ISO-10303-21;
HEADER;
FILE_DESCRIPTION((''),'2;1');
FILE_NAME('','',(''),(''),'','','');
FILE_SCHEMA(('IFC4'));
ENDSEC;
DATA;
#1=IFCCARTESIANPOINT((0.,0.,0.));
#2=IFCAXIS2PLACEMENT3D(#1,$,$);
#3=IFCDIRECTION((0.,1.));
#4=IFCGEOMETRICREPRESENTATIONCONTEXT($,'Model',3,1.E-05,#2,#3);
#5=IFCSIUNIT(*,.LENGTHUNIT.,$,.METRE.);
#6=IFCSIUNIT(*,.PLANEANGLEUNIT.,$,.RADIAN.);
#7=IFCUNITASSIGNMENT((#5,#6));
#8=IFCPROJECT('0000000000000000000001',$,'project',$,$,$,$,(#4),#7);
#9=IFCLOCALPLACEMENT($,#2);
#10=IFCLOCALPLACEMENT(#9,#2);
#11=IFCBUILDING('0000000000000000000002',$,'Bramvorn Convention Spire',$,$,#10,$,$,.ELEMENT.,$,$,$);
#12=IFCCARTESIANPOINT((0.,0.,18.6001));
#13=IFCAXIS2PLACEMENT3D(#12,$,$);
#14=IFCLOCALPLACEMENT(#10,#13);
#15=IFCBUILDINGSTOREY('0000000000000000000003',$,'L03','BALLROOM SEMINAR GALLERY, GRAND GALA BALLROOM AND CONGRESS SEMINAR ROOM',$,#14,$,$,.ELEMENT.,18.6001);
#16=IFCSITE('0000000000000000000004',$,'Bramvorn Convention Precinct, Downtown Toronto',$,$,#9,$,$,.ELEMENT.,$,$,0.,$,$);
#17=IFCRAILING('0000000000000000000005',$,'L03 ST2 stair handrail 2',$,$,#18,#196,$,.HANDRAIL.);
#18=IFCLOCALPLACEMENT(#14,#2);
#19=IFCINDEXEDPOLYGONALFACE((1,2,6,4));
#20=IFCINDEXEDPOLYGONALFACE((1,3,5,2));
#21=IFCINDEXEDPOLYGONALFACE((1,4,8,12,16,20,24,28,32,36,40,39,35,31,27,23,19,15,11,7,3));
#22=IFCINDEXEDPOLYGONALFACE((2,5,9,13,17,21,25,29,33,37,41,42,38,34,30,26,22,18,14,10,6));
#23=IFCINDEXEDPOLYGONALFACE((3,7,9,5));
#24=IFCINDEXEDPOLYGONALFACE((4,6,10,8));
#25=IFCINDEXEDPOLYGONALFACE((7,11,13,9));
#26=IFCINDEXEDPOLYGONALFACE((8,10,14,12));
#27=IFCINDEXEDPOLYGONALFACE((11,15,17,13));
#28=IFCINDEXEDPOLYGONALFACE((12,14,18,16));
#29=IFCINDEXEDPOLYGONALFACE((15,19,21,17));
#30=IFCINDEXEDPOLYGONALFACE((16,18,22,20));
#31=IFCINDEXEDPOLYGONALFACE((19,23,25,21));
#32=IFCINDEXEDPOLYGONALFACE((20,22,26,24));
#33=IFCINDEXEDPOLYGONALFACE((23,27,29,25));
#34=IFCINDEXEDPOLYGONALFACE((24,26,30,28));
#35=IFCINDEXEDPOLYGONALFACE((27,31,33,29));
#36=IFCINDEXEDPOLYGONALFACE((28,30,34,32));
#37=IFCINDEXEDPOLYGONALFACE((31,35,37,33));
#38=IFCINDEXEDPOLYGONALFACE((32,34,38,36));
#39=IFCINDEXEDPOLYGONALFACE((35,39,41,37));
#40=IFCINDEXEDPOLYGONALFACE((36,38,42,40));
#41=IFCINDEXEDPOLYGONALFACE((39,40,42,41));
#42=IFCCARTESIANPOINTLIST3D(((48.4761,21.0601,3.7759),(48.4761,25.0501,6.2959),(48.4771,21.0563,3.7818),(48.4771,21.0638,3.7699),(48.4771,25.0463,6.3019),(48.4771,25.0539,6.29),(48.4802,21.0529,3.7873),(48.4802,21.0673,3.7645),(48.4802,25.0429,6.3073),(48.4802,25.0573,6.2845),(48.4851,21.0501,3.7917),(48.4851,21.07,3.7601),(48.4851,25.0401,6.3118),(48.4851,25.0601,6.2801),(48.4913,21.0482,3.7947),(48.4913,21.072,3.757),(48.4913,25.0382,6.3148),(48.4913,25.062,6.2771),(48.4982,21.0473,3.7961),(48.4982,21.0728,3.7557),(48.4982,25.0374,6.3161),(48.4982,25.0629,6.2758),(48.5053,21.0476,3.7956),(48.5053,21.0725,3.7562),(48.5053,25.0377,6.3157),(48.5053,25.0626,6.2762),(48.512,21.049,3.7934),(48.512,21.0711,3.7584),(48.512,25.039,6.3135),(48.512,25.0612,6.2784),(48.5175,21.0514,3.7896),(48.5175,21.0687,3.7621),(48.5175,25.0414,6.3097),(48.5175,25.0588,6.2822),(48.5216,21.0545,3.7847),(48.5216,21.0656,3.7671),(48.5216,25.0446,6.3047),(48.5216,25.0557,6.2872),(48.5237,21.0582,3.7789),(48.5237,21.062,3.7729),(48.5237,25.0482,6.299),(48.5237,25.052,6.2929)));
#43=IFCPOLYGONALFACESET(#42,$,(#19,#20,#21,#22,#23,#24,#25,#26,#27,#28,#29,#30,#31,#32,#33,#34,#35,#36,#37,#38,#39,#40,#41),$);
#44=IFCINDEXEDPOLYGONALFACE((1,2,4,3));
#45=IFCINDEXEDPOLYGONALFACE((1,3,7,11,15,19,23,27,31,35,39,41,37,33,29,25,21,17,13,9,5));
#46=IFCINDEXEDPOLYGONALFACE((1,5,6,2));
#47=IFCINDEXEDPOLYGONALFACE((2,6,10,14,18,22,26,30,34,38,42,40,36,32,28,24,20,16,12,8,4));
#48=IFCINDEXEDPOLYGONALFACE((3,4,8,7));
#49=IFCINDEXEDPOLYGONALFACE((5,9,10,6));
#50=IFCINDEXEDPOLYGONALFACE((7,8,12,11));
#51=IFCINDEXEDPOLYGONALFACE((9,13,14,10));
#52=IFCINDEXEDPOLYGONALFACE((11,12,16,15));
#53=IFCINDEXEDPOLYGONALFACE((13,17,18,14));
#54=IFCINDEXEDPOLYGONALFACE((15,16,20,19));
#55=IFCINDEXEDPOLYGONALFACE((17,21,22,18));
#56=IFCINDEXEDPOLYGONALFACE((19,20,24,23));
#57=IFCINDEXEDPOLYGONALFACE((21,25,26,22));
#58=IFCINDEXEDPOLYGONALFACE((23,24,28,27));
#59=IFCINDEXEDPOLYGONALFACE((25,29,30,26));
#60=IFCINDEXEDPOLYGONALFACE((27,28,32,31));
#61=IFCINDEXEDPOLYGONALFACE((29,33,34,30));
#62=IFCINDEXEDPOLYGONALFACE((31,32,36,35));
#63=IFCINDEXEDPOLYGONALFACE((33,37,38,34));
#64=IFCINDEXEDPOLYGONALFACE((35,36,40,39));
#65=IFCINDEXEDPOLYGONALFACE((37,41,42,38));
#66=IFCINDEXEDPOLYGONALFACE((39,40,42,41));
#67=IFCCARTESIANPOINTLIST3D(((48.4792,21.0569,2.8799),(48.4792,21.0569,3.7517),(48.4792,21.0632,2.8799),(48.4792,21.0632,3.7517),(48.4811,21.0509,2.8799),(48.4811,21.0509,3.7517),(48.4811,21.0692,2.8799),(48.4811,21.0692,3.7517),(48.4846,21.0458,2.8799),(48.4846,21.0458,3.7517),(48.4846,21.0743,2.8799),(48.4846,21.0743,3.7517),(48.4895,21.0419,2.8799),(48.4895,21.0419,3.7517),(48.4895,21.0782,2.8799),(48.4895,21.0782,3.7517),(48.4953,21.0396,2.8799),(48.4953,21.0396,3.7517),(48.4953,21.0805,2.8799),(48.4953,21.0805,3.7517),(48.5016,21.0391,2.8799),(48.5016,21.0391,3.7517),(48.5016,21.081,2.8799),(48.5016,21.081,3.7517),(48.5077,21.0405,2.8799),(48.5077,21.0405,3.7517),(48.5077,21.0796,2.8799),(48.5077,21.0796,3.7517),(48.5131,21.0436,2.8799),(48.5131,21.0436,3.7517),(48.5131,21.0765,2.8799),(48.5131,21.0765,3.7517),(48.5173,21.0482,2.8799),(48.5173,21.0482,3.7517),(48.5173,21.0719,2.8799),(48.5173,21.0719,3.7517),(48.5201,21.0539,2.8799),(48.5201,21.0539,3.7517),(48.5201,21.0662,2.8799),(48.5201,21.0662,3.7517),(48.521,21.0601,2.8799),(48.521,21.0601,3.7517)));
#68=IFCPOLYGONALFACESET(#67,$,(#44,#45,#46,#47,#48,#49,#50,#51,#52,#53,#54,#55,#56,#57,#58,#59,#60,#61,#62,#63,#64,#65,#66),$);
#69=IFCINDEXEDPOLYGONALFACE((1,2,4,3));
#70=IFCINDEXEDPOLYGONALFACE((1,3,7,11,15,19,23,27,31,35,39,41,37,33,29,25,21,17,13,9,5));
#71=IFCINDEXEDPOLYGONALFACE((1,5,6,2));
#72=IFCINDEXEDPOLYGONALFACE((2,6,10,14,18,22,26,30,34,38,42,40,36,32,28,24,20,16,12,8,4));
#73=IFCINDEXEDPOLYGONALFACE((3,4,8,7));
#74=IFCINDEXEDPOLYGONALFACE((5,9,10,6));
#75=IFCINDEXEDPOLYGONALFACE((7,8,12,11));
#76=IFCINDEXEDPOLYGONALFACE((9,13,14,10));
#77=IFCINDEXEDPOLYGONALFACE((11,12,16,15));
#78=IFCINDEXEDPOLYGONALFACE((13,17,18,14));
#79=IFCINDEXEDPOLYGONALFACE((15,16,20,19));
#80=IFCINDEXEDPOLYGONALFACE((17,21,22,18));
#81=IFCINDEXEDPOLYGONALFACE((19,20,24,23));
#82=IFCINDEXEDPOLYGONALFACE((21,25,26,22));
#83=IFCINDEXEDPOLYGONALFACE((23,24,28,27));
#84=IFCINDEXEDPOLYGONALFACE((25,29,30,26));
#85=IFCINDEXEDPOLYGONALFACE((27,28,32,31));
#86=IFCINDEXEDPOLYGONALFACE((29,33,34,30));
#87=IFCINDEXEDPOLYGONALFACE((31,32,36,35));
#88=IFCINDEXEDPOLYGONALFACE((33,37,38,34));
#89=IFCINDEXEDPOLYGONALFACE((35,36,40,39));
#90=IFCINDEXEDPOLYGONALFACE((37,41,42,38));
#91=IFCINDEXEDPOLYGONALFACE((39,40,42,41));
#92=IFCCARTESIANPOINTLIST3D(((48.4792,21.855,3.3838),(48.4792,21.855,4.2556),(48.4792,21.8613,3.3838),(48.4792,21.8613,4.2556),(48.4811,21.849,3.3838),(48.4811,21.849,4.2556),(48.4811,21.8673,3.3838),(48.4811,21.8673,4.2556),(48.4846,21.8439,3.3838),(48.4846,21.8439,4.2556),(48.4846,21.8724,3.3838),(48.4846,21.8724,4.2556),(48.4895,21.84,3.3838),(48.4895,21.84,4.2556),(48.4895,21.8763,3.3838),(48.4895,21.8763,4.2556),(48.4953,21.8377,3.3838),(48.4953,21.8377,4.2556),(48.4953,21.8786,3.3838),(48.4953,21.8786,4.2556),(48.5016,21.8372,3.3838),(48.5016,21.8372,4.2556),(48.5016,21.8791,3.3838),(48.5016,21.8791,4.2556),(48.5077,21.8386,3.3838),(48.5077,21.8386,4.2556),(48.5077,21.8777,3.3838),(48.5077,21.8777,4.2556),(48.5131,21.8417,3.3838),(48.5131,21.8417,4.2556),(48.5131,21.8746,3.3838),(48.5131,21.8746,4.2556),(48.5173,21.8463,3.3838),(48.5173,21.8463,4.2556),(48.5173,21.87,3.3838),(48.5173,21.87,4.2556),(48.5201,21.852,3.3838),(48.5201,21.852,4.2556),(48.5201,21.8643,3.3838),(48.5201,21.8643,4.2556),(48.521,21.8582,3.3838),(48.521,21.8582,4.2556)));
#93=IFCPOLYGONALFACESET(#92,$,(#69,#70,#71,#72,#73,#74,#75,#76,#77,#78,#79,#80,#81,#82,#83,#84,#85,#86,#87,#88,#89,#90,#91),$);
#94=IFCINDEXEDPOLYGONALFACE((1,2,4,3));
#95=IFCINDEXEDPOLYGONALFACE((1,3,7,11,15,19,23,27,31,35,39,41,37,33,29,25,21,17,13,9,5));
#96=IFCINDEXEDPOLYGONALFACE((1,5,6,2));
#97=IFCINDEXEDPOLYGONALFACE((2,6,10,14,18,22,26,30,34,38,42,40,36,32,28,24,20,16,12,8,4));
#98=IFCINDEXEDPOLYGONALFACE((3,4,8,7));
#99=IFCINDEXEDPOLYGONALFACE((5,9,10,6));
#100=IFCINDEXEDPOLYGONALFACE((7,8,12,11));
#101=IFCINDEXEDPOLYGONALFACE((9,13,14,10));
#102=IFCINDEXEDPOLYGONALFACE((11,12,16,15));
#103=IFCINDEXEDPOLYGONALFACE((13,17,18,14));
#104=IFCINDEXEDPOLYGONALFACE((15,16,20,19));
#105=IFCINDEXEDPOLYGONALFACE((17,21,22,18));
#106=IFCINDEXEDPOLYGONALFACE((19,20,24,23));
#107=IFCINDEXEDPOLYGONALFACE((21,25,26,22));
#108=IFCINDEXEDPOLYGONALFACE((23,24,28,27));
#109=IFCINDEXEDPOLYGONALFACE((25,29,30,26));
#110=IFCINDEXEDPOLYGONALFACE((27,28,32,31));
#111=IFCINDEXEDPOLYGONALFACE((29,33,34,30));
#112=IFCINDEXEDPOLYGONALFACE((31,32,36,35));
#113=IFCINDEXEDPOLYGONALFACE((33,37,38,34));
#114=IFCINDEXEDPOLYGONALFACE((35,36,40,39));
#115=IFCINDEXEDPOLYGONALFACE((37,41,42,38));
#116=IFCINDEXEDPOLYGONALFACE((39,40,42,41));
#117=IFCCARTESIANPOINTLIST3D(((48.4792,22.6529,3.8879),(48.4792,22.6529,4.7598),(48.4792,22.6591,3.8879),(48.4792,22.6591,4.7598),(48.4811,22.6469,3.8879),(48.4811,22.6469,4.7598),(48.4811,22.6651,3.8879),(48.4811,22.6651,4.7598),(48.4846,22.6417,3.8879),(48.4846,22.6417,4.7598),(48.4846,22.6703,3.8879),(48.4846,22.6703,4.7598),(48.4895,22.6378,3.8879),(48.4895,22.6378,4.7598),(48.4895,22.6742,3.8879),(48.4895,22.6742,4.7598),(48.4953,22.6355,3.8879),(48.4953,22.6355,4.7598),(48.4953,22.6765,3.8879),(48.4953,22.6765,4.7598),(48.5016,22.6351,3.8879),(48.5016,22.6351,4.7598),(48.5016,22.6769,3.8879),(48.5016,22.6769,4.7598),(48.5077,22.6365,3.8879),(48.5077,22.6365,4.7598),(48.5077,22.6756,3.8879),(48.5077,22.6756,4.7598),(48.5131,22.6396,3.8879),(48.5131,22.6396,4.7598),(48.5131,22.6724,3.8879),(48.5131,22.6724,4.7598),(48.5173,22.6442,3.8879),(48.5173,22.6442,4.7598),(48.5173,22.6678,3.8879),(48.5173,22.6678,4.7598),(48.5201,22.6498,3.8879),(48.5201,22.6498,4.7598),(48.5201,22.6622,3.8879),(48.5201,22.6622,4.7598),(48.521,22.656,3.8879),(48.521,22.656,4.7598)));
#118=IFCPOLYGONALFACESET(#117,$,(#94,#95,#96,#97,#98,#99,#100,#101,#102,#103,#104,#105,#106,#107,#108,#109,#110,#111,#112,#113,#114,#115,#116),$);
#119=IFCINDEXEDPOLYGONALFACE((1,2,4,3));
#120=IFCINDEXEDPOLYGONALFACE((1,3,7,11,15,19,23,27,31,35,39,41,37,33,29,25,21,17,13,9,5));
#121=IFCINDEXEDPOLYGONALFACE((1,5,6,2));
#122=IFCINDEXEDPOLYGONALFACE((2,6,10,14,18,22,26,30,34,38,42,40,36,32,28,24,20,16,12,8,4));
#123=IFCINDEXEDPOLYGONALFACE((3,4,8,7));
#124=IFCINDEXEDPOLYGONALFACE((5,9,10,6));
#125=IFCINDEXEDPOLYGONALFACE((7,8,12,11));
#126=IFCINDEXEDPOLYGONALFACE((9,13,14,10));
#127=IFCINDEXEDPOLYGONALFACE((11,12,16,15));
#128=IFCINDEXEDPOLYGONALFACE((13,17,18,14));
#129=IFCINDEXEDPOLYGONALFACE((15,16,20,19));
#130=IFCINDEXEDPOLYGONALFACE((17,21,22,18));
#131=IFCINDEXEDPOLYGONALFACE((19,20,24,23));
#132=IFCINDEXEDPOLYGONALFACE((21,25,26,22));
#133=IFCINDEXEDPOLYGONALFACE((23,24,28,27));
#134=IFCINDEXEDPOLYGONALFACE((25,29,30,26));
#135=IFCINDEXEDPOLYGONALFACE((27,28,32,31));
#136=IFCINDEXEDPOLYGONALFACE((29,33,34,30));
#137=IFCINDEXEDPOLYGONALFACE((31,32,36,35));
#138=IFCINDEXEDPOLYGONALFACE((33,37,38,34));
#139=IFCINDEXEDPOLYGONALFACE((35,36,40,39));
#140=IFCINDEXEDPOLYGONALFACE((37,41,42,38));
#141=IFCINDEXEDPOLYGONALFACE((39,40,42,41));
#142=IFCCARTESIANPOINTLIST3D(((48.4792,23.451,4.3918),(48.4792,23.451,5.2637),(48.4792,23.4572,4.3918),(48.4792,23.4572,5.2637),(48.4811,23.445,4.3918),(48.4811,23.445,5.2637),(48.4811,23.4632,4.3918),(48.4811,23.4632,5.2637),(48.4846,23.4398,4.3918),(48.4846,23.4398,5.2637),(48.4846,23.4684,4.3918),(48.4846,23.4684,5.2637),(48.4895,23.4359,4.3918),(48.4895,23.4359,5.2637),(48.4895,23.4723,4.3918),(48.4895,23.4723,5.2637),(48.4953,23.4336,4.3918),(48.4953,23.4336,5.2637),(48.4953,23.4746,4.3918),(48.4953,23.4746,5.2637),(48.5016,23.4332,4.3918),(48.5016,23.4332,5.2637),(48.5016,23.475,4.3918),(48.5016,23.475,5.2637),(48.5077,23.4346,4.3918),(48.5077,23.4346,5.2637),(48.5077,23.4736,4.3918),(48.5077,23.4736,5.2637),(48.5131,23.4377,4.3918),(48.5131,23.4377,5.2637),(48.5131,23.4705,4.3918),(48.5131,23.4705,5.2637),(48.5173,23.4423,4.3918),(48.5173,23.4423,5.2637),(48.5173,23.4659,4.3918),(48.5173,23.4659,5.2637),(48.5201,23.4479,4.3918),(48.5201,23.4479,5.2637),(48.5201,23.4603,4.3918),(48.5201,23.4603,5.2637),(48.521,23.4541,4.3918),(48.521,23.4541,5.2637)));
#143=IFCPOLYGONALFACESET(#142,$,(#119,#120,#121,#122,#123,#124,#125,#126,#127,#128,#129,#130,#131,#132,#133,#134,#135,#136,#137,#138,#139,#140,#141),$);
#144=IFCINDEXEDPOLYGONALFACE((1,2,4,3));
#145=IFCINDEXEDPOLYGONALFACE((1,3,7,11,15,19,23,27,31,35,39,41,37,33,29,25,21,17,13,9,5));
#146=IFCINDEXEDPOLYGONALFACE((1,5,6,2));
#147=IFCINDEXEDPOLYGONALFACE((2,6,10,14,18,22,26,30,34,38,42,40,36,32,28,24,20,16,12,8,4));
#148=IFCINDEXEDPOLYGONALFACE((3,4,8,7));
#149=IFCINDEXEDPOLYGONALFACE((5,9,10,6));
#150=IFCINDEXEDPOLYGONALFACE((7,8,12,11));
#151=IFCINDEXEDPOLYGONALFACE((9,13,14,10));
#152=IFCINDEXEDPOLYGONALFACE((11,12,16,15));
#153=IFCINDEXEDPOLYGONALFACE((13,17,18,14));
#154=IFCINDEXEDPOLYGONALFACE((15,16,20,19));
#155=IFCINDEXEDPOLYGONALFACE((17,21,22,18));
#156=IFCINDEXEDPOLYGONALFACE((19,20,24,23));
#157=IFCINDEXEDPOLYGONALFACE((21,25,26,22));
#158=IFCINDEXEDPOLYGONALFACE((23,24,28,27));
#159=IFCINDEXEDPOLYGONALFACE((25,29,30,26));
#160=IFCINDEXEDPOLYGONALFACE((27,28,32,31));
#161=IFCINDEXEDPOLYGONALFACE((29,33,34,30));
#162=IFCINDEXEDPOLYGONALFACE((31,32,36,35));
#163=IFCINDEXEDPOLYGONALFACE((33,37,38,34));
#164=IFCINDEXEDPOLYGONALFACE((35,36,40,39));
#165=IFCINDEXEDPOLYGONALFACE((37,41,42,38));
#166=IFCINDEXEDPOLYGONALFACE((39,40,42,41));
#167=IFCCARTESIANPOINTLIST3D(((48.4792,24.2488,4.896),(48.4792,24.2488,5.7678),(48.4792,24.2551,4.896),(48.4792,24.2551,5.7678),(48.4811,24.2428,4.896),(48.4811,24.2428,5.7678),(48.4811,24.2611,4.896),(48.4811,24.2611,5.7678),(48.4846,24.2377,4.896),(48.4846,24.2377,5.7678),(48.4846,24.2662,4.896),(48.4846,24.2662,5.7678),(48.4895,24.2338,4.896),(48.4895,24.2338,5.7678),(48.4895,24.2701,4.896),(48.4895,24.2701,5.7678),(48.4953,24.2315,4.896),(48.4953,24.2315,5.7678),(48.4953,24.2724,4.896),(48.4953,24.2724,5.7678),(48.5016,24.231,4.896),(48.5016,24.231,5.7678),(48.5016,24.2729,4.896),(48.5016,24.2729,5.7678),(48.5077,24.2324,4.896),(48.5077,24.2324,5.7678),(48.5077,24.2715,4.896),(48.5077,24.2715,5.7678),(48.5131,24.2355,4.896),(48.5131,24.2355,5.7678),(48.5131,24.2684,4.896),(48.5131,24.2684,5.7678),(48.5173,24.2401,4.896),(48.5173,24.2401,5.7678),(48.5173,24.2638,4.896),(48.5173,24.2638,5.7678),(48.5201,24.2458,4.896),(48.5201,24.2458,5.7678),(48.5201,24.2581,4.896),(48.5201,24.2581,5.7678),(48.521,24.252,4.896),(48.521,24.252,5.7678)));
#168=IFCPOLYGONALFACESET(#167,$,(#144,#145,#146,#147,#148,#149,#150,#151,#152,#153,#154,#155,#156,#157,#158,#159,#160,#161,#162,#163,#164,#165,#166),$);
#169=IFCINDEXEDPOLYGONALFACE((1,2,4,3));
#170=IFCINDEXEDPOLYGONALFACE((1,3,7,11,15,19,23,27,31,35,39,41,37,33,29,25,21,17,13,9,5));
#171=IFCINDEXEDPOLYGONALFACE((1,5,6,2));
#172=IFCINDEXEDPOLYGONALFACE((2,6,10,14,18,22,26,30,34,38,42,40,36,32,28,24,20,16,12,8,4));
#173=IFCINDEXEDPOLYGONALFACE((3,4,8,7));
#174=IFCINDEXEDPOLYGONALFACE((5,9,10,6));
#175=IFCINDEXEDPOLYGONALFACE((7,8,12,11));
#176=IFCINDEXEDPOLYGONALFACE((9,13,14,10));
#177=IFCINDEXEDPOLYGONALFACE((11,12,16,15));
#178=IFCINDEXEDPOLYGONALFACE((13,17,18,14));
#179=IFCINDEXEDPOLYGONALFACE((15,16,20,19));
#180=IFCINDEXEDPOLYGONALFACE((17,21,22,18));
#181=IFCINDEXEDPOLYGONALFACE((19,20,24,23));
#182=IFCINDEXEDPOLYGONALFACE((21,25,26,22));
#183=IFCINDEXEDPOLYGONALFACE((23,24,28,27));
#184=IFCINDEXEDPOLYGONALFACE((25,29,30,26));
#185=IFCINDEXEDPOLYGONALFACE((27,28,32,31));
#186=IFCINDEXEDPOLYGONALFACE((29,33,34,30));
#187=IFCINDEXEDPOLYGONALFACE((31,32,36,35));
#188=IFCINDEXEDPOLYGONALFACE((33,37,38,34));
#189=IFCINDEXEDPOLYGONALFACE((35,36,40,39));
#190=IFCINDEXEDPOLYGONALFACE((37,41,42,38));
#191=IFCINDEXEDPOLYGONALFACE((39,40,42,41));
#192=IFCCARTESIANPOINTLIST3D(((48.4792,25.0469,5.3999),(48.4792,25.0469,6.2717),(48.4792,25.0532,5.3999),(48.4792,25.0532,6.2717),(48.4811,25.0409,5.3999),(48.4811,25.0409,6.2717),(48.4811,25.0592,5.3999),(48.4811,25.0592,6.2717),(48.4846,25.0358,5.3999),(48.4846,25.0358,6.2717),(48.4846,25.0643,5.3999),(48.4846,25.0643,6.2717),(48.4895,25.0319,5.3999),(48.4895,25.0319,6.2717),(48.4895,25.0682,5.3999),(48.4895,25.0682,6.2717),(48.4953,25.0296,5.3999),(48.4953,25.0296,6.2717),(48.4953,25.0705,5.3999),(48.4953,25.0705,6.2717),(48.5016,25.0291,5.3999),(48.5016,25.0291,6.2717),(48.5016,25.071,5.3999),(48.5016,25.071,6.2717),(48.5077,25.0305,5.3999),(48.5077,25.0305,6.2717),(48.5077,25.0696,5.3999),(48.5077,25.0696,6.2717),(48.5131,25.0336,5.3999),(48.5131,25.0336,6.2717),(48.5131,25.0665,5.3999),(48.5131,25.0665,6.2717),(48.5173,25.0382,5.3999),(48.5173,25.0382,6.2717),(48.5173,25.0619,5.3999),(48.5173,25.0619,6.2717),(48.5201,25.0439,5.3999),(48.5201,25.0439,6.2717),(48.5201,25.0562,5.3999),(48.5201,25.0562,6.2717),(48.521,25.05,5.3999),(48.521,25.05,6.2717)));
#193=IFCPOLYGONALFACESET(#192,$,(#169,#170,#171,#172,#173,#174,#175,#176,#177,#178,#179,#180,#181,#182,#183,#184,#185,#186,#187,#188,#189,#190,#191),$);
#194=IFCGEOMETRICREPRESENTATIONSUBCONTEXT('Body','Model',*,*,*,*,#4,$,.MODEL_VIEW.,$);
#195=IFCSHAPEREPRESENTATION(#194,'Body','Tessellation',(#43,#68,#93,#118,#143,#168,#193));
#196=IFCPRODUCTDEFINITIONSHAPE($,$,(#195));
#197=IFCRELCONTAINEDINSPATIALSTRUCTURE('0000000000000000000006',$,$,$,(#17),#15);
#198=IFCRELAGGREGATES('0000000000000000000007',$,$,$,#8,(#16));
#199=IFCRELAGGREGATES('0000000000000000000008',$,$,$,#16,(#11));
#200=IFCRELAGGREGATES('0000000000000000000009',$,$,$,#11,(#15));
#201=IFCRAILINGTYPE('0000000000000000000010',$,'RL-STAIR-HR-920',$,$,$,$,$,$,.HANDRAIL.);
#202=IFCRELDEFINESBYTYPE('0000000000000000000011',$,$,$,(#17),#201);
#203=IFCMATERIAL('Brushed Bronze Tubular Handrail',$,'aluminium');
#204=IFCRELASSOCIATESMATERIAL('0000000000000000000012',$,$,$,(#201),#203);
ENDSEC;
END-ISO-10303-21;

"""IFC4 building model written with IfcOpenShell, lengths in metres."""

from ifc_helpers import new_model, si_unit, direction, frame, origin, origin_2d, place, context, subcontext, project, spatial, circle, extrude, material, type_object, element, save


model = new_model("IFC4")

# Units and contexts
model_context = context("Model", 3, precision=1e-05, world=origin(), true_north=direction((0.0, 1.0)))
body_context = subcontext(model_context, "Body", "Model", "MODEL_VIEW")
ifc_project = project(units=[si_unit("LENGTHUNIT", "METRE"), si_unit("PLANEANGLEUNIT", "RADIAN")], contexts=[model_context])

# Site, building, storey
site_placement = place(None, origin())
site = spatial("IfcSite", under=ifc_project, at=site_placement, Name="Bramvorn Convention Precinct, Downtown Toronto", CompositionType="ELEMENT", RefElevation=0.0)
building_placement = place(site_placement, origin())
building = spatial("IfcBuilding", under=site, at=building_placement, Name="Bramvorn Convention Spire", CompositionType="ELEMENT")
storey_placement = place(building_placement, frame((0.0, 0.0, 18.6001)))
storey = spatial("IfcBuildingStorey", under=building, at=storey_placement, Name="L03", Description="BALLROOM SEMINAR GALLERY, GRAND GALA BALLROOM AND CONGRESS SEMINAR ROOM", CompositionType="ELEMENT", Elevation=18.6001)

# Railing
ifc_material_1 = material(Name="Brushed Bronze Tubular Handrail", Category="aluminium")
railing_type_1 = type_object("IfcRailingType", Name="RL-STAIR-HR-920", PredefinedType="HANDRAIL", material=ifc_material_1)
for number, where, name in (
    (1, (48.5, 21.0601, 2.8799), "L03 ST2 stair handrail 2"),
):
    element("IfcRailing", number, at=place(storey_placement, frame(where)), inside=storey, type_object=railing_type_1, Name=name, PredefinedType="HANDRAIL", context=body_context, shape_type="SweptSolid", body=[
        extrude(circle(Radius=0.0239, at=origin_2d()), frame((0.0, 0.0, 0.896), z_axis=(0.0, 0.845486, 0.533997), x_axis=(-1.0, 0.0, 0.0)), (0.0, 0.0, 1.0), 4.7192),
        extrude(circle(Radius=0.021, at=origin_2d()), origin(), (0.0, 0.0, 1.0), 0.8718),
        extrude(circle(Radius=0.021, at=origin_2d()), frame((0.0, 0.7981, 0.5039)), (0.0, 0.0, 1.0), 0.8718),
        extrude(circle(Radius=0.021, at=origin_2d()), frame((0.0, 1.5959, 1.0081)), (0.0, 0.0, 1.0), 0.8718),
        extrude(circle(Radius=0.021, at=origin_2d()), frame((0.0, 2.394, 1.512)), (0.0, 0.0, 1.0), 0.8718),
        extrude(circle(Radius=0.021, at=origin_2d()), frame((0.0, 3.1919, 2.0161)), (0.0, 0.0, 1.0), 0.8718),
        extrude(circle(Radius=0.021, at=origin_2d()), frame((0.0, 3.99, 2.52)), (0.0, 0.0, 1.0), 0.8718),
    ])

save(model, "model.ifc")
